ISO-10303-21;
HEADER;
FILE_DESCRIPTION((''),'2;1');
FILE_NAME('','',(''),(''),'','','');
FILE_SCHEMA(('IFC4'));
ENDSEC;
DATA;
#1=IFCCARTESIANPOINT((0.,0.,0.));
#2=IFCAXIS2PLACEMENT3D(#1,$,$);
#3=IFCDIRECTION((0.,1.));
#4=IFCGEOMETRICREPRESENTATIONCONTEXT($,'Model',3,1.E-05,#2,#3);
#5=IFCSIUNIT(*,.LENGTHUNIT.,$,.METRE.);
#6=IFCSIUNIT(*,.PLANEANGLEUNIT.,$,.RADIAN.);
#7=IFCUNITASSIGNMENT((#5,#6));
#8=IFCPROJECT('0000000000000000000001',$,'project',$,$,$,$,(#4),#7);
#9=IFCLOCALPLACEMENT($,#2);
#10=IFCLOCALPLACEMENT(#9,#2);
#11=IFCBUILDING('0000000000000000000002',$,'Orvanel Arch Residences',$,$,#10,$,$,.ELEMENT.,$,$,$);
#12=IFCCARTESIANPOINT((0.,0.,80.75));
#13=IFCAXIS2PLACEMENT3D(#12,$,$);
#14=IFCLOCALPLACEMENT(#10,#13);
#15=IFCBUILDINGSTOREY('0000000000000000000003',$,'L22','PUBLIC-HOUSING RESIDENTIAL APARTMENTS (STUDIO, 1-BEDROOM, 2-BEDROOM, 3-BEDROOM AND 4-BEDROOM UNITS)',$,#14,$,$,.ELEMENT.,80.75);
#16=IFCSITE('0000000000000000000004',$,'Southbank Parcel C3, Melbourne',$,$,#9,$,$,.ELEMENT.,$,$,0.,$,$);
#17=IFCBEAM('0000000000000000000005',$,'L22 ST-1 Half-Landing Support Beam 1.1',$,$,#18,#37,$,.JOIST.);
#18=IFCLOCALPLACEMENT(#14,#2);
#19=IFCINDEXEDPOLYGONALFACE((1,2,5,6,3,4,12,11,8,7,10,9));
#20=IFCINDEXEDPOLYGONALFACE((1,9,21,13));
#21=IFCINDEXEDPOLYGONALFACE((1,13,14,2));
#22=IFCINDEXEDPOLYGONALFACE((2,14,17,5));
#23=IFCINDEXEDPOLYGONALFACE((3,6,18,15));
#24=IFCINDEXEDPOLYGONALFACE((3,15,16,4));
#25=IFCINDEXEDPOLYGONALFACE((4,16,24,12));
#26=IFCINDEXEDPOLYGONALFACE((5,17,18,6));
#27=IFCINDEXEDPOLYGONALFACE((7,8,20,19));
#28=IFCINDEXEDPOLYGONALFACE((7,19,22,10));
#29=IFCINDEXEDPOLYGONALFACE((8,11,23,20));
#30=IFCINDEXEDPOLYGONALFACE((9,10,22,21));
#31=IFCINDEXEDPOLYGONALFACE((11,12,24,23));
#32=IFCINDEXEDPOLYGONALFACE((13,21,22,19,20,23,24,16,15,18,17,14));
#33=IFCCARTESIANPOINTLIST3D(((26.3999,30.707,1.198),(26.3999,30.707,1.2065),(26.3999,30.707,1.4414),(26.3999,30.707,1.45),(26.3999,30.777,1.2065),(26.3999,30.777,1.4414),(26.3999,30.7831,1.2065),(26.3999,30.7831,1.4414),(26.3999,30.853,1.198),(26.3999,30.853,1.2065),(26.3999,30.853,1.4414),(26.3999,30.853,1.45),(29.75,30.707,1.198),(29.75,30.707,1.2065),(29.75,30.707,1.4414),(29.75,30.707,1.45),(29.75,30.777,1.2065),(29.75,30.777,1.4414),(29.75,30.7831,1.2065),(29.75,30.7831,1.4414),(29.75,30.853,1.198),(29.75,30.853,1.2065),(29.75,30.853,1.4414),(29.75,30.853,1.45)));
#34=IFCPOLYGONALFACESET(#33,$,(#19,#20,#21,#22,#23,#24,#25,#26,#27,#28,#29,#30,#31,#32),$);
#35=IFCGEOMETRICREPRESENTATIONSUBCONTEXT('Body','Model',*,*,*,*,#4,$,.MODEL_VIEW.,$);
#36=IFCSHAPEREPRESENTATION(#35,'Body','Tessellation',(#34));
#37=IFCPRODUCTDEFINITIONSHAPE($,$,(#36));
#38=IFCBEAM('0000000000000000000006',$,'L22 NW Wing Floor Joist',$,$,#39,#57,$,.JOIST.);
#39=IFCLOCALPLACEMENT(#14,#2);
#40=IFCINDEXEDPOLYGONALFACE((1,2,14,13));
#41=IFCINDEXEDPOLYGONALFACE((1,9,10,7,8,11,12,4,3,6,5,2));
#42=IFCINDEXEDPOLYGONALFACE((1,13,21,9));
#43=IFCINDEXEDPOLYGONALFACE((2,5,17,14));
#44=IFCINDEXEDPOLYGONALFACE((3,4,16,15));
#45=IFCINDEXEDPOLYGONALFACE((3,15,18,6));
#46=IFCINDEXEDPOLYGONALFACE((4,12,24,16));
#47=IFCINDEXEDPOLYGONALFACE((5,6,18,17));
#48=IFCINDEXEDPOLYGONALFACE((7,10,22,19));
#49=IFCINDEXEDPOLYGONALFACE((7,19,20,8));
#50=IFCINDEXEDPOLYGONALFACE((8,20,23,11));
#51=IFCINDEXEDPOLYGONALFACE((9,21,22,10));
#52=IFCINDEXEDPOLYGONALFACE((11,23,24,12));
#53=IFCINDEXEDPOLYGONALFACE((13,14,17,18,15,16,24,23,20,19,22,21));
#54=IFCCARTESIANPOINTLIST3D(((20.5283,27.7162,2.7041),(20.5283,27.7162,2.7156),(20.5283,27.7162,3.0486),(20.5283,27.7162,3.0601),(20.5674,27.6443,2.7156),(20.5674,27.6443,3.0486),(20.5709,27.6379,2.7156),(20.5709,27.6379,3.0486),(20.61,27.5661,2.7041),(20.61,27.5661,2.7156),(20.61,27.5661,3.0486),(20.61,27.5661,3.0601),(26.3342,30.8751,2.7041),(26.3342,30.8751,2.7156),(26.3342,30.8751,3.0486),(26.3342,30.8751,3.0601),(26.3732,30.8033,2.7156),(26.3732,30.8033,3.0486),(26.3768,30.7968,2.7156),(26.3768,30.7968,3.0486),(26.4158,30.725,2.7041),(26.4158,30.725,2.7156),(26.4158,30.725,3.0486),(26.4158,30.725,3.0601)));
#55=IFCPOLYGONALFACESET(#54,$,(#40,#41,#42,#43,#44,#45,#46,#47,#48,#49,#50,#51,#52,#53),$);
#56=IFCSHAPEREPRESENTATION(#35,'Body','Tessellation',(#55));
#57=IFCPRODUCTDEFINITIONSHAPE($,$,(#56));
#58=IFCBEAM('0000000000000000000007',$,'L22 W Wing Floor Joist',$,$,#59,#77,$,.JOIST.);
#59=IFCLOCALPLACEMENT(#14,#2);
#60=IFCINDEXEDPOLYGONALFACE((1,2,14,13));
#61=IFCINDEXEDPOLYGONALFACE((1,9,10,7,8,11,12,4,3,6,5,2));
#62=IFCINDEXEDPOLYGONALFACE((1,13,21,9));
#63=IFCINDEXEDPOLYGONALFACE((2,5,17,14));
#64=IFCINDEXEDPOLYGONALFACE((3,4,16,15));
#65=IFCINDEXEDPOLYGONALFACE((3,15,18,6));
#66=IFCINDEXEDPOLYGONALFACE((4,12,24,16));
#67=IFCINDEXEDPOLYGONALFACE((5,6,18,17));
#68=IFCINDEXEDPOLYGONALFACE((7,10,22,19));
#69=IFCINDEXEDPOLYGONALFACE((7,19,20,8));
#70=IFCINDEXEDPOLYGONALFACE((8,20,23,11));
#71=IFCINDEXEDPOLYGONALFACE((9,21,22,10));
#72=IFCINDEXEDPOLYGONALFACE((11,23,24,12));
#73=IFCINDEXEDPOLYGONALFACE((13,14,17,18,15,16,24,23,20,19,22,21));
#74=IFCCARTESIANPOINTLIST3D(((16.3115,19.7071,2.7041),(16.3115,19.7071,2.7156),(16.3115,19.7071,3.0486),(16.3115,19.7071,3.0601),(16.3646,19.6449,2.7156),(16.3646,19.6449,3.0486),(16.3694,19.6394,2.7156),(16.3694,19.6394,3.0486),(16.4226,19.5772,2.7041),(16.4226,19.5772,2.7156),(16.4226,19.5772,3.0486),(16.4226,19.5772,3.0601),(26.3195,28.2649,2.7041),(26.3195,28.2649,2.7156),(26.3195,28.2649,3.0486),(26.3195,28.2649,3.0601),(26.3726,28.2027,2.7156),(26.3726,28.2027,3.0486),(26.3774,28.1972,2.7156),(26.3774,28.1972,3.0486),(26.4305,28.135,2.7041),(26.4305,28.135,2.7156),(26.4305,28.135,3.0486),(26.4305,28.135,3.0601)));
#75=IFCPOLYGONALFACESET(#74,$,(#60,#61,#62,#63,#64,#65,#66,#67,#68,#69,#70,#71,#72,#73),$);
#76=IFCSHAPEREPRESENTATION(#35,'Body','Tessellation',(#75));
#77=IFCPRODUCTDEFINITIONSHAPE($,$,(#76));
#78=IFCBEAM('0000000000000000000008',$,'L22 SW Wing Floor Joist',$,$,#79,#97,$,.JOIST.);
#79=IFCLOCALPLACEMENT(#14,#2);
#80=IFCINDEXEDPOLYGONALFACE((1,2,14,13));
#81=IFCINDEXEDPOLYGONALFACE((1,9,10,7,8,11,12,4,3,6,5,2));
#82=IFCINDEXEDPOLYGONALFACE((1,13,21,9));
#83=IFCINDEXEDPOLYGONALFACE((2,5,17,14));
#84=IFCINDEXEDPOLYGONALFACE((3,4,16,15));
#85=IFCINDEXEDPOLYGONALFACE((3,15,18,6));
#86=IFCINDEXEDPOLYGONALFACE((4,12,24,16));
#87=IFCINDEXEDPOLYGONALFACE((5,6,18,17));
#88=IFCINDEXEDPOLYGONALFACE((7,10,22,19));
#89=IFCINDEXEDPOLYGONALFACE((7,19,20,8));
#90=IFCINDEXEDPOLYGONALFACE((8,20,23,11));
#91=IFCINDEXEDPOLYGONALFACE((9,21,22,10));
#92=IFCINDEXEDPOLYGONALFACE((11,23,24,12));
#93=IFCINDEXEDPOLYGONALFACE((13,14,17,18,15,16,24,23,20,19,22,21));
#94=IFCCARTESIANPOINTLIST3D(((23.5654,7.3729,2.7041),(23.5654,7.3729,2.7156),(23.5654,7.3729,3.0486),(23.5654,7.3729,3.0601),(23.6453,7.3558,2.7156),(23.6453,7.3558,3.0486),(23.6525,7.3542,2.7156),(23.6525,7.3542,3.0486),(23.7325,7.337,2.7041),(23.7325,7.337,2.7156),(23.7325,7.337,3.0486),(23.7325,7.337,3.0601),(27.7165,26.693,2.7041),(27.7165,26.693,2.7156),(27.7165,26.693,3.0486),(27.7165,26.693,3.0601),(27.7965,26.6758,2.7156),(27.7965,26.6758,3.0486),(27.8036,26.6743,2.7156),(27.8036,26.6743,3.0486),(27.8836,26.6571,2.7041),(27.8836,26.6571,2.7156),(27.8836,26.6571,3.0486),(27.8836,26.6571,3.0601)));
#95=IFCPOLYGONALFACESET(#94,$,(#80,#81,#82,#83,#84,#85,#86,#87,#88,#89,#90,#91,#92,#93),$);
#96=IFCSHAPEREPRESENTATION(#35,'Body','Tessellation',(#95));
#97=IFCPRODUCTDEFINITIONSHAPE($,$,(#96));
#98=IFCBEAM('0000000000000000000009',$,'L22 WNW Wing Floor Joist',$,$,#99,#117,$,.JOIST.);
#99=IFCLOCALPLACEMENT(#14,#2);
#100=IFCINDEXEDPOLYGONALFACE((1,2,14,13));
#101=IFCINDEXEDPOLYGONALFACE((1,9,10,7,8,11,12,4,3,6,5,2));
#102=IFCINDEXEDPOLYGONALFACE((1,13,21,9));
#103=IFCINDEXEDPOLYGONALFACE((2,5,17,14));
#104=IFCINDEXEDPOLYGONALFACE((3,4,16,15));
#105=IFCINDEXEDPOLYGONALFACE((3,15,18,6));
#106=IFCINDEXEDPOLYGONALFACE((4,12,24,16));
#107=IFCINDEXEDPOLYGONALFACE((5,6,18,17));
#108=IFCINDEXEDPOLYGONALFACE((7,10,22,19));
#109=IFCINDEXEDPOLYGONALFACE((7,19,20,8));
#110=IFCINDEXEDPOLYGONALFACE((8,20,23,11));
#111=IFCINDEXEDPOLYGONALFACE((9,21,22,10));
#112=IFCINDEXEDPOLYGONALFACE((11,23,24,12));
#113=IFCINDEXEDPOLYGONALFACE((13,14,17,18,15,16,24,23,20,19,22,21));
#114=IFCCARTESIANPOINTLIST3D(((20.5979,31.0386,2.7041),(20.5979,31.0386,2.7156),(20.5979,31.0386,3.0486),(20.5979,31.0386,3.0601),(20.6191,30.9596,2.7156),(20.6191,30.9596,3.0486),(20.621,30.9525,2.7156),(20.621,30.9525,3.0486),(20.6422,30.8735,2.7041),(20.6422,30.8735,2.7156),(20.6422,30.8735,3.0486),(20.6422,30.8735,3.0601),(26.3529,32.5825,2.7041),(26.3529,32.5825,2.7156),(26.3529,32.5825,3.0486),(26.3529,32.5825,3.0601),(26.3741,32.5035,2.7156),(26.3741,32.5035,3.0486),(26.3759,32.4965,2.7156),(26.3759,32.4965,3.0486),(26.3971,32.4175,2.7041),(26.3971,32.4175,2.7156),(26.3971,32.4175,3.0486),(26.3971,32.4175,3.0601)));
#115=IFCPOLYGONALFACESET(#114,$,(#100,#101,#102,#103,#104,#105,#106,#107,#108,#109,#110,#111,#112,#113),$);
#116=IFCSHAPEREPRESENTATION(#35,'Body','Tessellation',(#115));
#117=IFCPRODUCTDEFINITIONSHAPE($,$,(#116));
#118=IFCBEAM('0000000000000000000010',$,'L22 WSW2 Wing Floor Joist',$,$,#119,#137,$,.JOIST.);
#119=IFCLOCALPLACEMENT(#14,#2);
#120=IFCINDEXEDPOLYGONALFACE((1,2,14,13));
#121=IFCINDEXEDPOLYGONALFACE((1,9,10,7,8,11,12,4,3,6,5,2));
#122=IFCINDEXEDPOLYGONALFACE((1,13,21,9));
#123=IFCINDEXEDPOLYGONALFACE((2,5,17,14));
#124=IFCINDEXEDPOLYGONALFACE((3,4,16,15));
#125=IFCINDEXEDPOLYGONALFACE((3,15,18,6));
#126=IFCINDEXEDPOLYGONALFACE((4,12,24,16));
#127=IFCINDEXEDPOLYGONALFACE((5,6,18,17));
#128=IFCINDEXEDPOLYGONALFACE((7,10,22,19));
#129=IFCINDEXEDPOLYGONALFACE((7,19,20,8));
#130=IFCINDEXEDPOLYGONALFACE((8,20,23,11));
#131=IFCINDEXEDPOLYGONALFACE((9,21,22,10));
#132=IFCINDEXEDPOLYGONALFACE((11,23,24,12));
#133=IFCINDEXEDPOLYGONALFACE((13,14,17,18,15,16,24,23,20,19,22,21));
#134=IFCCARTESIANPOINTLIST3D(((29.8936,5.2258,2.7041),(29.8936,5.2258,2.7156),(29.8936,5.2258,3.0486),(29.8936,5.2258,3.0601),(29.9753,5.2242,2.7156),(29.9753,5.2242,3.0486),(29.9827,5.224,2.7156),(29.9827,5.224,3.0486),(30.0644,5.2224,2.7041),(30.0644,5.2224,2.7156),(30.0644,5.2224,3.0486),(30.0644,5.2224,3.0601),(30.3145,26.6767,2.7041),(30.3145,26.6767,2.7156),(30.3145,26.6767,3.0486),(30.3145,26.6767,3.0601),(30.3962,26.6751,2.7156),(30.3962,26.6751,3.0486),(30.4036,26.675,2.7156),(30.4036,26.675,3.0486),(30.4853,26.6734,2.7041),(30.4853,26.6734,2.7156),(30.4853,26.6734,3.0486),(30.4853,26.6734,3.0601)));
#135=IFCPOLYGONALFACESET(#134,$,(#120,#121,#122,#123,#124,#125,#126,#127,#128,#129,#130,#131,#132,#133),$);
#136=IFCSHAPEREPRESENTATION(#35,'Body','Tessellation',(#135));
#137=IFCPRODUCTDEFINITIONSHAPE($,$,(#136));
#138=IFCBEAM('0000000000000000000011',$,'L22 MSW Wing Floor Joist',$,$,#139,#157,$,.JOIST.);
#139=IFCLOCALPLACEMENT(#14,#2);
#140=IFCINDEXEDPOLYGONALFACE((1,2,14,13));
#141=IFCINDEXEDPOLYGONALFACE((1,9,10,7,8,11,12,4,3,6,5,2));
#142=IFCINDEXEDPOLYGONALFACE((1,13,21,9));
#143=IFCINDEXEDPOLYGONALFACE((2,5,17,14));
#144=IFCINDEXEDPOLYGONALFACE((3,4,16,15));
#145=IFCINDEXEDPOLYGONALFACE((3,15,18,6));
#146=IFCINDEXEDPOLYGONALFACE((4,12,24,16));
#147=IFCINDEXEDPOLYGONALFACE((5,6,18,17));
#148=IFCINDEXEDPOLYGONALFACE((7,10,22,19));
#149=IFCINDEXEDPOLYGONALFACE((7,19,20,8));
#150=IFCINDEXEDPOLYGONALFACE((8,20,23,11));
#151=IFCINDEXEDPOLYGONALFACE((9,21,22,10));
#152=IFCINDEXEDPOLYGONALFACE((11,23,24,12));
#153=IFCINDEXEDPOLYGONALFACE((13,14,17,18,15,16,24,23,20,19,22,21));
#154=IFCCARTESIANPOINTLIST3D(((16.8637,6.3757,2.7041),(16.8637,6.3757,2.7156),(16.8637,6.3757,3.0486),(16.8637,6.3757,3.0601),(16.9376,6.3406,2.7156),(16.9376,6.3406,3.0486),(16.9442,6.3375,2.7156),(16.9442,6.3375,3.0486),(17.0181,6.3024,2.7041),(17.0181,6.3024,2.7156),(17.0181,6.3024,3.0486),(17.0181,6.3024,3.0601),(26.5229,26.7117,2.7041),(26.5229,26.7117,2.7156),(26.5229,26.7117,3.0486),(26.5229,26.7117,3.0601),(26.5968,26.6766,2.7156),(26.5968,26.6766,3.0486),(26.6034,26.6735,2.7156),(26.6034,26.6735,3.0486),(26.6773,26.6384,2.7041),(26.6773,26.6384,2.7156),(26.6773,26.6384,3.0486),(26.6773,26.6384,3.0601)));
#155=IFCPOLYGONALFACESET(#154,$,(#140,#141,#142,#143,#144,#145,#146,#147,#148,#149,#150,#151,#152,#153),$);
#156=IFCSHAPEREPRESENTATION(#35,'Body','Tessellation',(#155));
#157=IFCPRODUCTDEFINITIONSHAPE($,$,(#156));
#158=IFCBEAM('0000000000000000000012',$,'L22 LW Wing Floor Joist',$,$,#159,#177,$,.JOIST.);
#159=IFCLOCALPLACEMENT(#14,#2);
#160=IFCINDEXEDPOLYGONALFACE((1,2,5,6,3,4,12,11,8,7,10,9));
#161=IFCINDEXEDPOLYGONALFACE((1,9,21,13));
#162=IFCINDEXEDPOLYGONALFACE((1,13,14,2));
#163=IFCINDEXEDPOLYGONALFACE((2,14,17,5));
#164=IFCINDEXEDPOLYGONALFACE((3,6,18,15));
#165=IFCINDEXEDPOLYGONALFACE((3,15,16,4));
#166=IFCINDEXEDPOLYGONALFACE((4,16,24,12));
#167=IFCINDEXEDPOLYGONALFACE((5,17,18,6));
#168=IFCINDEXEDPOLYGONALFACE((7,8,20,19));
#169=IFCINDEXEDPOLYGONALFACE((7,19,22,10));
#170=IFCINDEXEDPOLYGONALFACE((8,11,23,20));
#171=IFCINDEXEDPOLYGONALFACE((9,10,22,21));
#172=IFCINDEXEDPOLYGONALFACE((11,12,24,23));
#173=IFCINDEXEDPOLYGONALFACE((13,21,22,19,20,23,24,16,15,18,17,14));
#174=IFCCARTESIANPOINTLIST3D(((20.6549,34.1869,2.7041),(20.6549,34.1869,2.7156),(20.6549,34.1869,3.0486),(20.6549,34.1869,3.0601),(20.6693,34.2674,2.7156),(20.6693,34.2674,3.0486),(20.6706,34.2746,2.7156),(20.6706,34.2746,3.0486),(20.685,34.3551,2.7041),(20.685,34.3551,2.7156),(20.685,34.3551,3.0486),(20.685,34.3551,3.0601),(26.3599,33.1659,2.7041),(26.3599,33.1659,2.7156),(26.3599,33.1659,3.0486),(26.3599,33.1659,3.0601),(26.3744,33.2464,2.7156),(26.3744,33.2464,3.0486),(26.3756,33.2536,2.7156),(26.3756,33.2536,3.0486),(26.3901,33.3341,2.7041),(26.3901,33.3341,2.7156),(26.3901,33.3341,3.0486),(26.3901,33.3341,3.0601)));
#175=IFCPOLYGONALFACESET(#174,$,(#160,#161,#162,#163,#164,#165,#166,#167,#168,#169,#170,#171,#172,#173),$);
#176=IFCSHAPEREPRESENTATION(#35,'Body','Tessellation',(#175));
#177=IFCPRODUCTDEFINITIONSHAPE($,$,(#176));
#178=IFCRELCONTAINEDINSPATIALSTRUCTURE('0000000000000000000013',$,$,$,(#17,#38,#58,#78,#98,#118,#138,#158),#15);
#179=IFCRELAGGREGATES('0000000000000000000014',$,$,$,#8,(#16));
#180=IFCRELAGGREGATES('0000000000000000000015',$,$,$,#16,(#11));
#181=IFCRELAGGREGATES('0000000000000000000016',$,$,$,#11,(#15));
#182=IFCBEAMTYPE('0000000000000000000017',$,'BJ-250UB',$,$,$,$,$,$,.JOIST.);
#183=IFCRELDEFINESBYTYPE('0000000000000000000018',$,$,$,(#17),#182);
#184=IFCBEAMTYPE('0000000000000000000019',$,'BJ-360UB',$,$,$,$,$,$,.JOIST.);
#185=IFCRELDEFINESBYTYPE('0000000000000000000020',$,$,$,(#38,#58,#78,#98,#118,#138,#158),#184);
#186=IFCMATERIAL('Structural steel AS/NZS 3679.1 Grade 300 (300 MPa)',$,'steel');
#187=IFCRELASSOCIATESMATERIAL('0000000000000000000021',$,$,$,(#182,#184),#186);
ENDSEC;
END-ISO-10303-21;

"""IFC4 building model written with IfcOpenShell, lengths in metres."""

from ifc_helpers import new_model, si_unit, direction, frame, origin, origin_2d, place, context, subcontext, project, spatial, i_section, extrude, material, material_profile, profile_set, type_object, element, save


model = new_model("IFC4")

# Units and contexts
model_context = context("Model", 3, precision=1e-05, world=origin(), true_north=direction((0.0, 1.0)))
body_context = subcontext(model_context, "Body", "Model", "MODEL_VIEW")
ifc_project = project(units=[si_unit("LENGTHUNIT", "METRE"), si_unit("PLANEANGLEUNIT", "RADIAN")], contexts=[model_context])

# Site, building, storey
site_placement = place(None, origin())
site = spatial("IfcSite", under=ifc_project, at=site_placement, Name="Southbank Parcel C3, Melbourne", CompositionType="ELEMENT", RefElevation=0.0)
building_placement = place(site_placement, origin())
building = spatial("IfcBuilding", under=site, at=building_placement, Name="Orvanel Arch Residences", CompositionType="ELEMENT")
storey_placement = place(building_placement, frame((0.0, 0.0, 80.75)))
storey = spatial("IfcBuildingStorey", under=building, at=storey_placement, Name="L22", Description="PUBLIC-HOUSING RESIDENTIAL APARTMENTS (STUDIO, 1-BEDROOM, 2-BEDROOM, 3-BEDROOM AND 4-BEDROOM UNITS)", CompositionType="ELEMENT", Elevation=80.75)

# Beams
ifc_material_1 = material(Name="Structural steel AS/NZS 3679.1 Grade 300 (300 MPa)", Category="steel")
ifc_material_profile_1 = material_profile(ifc_material_1, i_section(OverallWidth=0.146, OverallDepth=0.252, WebThickness=0.0061, FlangeThickness=0.0085, at=origin_2d()), Name="250UB31.4")
ifc_profile_set_1 = profile_set([ifc_material_profile_1], Name="Structural steel AS/NZS 3679.1 Grade 300 (300 MPa)")
beam_type_1 = type_object("IfcBeamType", Name="BJ-250UB", PredefinedType="JOIST", material=ifc_profile_set_1)
beam_1_placement = place(storey_placement, frame((26.3999, 30.78, 1.324), z_axis=(1.0, 0.0, 0.0), x_axis=(0.0, 1.0, 0.0)))
element("IfcBeam", 1, at=beam_1_placement, inside=storey, type_object=beam_type_1, Name="L22 ST-1 Half-Landing Support Beam 1.1", PredefinedType="JOIST", context=body_context, shape_type="SweptSolid", body=[
    extrude(i_section(OverallWidth=0.146, OverallDepth=0.252, WebThickness=0.0061, FlangeThickness=0.0085, at=origin_2d()), origin(), (0.0, 0.0, 1.0), 3.3501),
])
ifc_material_profile_2 = material_profile(ifc_material_1, i_section(OverallWidth=0.1709, OverallDepth=0.356, WebThickness=0.0073, FlangeThickness=0.0115, at=origin_2d()), Name="360UB50.7")
ifc_profile_set_2 = profile_set([ifc_material_profile_2], Name="Structural steel AS/NZS 3679.1 Grade 300 (300 MPa)")
beam_type_2 = type_object("IfcBeamType", Name="BJ-360UB", PredefinedType="JOIST", material=ifc_profile_set_2)
beam_2_placement = place(storey_placement, frame((26.375, 30.8, 2.8821), z_axis=(-0.878399, -0.477928, 0.0), x_axis=(0.477928, -0.878399, 0.0)))
element("IfcBeam", 2, at=beam_2_placement, inside=storey, type_object=beam_type_2, Name="L22 NW Wing Floor Joist", PredefinedType="JOIST", context=body_context, shape_type="SweptSolid", body=[
    extrude(i_section(OverallWidth=0.1709, OverallDepth=0.356, WebThickness=0.0073, FlangeThickness=0.0115, at=origin_2d()), origin(), (0.0, 0.0, 1.0), 6.6096),
])
beam_3_placement = place(storey_placement, frame((26.375, 28.2, 2.8821), z_axis=(-0.760024, -0.649895, 0.0), x_axis=(0.649895, -0.760024, 0.0)))
element("IfcBeam", 3, at=beam_3_placement, inside=storey, type_object=beam_type_2, Name="L22 W Wing Floor Joist", PredefinedType="JOIST", context=body_context, shape_type="SweptSolid", body=[
    extrude(i_section(OverallWidth=0.1709, OverallDepth=0.356, WebThickness=0.0073, FlangeThickness=0.0115, at=origin_2d()), origin(), (0.0, 0.0, 1.0), 13.168),
])
beam_4_placement = place(storey_placement, frame((27.8, 26.675, 2.8821), z_axis=(-0.210067, -0.977687, 0.0), x_axis=(0.977687, -0.210067, 0.0)))
element("IfcBeam", 4, at=beam_4_placement, inside=storey, type_object=beam_type_2, Name="L22 SW Wing Floor Joist", PredefinedType="JOIST", context=body_context, shape_type="SweptSolid", body=[
    extrude(i_section(OverallWidth=0.1709, OverallDepth=0.356, WebThickness=0.0073, FlangeThickness=0.0115, at=origin_2d()), origin(), (0.0, 0.0, 1.0), 19.761),
])
beam_5_placement = place(storey_placement, frame((26.375, 32.5, 2.8821), z_axis=(-0.965845, -0.259121, 0.0), x_axis=(0.259121, -0.965845, 0.0)))
element("IfcBeam", 5, at=beam_5_placement, inside=storey, type_object=beam_type_2, Name="L22 WNW Wing Floor Joist", PredefinedType="JOIST", context=body_context, shape_type="SweptSolid", body=[
    extrude(i_section(OverallWidth=0.1709, OverallDepth=0.356, WebThickness=0.0073, FlangeThickness=0.0115, at=origin_2d()), origin(), (0.0, 0.0, 1.0), 5.9585),
])
beam_6_placement = place(storey_placement, frame((30.3999, 26.675, 2.8821), z_axis=(-0.019618, -0.999808, 0.0), x_axis=(0.999808, -0.019618, 0.0)))
element("IfcBeam", 6, at=beam_6_placement, inside=storey, type_object=beam_type_2, Name="L22 WSW2 Wing Floor Joist", PredefinedType="JOIST", context=body_context, shape_type="SweptSolid", body=[
    extrude(i_section(OverallWidth=0.1709, OverallDepth=0.356, WebThickness=0.0073, FlangeThickness=0.0115, at=origin_2d()), origin(), (0.0, 0.0, 1.0), 21.4551),
])
beam_7_placement = place(storey_placement, frame((26.6001, 26.675, 2.8821), z_axis=(-0.429043, -0.903284, 0.0), x_axis=(0.903284, -0.429043, 0.0)))
element("IfcBeam", 7, at=beam_7_placement, inside=storey, type_object=beam_type_2, Name="L22 MSW Wing Floor Joist", PredefinedType="JOIST", context=body_context, shape_type="SweptSolid", body=[
    extrude(i_section(OverallWidth=0.1709, OverallDepth=0.356, WebThickness=0.0073, FlangeThickness=0.0115, at=origin_2d()), origin(), (0.0, 0.0, 1.0), 22.5134),
])
beam_8_placement = place(storey_placement, frame((26.375, 33.25, 2.8821), z_axis=(-0.984361, 0.176164, 0.0), x_axis=(-0.176164, -0.984361, 0.0)))
element("IfcBeam", 8, at=beam_8_placement, inside=storey, type_object=beam_type_2, Name="L22 LW Wing Floor Joist", PredefinedType="JOIST", context=body_context, shape_type="SweptSolid", body=[
    extrude(i_section(OverallWidth=0.1709, OverallDepth=0.356, WebThickness=0.0073, FlangeThickness=0.0115, at=origin_2d()), origin(), (0.0, 0.0, 1.0), 5.7957),
])

save(model, "model.ifc")
